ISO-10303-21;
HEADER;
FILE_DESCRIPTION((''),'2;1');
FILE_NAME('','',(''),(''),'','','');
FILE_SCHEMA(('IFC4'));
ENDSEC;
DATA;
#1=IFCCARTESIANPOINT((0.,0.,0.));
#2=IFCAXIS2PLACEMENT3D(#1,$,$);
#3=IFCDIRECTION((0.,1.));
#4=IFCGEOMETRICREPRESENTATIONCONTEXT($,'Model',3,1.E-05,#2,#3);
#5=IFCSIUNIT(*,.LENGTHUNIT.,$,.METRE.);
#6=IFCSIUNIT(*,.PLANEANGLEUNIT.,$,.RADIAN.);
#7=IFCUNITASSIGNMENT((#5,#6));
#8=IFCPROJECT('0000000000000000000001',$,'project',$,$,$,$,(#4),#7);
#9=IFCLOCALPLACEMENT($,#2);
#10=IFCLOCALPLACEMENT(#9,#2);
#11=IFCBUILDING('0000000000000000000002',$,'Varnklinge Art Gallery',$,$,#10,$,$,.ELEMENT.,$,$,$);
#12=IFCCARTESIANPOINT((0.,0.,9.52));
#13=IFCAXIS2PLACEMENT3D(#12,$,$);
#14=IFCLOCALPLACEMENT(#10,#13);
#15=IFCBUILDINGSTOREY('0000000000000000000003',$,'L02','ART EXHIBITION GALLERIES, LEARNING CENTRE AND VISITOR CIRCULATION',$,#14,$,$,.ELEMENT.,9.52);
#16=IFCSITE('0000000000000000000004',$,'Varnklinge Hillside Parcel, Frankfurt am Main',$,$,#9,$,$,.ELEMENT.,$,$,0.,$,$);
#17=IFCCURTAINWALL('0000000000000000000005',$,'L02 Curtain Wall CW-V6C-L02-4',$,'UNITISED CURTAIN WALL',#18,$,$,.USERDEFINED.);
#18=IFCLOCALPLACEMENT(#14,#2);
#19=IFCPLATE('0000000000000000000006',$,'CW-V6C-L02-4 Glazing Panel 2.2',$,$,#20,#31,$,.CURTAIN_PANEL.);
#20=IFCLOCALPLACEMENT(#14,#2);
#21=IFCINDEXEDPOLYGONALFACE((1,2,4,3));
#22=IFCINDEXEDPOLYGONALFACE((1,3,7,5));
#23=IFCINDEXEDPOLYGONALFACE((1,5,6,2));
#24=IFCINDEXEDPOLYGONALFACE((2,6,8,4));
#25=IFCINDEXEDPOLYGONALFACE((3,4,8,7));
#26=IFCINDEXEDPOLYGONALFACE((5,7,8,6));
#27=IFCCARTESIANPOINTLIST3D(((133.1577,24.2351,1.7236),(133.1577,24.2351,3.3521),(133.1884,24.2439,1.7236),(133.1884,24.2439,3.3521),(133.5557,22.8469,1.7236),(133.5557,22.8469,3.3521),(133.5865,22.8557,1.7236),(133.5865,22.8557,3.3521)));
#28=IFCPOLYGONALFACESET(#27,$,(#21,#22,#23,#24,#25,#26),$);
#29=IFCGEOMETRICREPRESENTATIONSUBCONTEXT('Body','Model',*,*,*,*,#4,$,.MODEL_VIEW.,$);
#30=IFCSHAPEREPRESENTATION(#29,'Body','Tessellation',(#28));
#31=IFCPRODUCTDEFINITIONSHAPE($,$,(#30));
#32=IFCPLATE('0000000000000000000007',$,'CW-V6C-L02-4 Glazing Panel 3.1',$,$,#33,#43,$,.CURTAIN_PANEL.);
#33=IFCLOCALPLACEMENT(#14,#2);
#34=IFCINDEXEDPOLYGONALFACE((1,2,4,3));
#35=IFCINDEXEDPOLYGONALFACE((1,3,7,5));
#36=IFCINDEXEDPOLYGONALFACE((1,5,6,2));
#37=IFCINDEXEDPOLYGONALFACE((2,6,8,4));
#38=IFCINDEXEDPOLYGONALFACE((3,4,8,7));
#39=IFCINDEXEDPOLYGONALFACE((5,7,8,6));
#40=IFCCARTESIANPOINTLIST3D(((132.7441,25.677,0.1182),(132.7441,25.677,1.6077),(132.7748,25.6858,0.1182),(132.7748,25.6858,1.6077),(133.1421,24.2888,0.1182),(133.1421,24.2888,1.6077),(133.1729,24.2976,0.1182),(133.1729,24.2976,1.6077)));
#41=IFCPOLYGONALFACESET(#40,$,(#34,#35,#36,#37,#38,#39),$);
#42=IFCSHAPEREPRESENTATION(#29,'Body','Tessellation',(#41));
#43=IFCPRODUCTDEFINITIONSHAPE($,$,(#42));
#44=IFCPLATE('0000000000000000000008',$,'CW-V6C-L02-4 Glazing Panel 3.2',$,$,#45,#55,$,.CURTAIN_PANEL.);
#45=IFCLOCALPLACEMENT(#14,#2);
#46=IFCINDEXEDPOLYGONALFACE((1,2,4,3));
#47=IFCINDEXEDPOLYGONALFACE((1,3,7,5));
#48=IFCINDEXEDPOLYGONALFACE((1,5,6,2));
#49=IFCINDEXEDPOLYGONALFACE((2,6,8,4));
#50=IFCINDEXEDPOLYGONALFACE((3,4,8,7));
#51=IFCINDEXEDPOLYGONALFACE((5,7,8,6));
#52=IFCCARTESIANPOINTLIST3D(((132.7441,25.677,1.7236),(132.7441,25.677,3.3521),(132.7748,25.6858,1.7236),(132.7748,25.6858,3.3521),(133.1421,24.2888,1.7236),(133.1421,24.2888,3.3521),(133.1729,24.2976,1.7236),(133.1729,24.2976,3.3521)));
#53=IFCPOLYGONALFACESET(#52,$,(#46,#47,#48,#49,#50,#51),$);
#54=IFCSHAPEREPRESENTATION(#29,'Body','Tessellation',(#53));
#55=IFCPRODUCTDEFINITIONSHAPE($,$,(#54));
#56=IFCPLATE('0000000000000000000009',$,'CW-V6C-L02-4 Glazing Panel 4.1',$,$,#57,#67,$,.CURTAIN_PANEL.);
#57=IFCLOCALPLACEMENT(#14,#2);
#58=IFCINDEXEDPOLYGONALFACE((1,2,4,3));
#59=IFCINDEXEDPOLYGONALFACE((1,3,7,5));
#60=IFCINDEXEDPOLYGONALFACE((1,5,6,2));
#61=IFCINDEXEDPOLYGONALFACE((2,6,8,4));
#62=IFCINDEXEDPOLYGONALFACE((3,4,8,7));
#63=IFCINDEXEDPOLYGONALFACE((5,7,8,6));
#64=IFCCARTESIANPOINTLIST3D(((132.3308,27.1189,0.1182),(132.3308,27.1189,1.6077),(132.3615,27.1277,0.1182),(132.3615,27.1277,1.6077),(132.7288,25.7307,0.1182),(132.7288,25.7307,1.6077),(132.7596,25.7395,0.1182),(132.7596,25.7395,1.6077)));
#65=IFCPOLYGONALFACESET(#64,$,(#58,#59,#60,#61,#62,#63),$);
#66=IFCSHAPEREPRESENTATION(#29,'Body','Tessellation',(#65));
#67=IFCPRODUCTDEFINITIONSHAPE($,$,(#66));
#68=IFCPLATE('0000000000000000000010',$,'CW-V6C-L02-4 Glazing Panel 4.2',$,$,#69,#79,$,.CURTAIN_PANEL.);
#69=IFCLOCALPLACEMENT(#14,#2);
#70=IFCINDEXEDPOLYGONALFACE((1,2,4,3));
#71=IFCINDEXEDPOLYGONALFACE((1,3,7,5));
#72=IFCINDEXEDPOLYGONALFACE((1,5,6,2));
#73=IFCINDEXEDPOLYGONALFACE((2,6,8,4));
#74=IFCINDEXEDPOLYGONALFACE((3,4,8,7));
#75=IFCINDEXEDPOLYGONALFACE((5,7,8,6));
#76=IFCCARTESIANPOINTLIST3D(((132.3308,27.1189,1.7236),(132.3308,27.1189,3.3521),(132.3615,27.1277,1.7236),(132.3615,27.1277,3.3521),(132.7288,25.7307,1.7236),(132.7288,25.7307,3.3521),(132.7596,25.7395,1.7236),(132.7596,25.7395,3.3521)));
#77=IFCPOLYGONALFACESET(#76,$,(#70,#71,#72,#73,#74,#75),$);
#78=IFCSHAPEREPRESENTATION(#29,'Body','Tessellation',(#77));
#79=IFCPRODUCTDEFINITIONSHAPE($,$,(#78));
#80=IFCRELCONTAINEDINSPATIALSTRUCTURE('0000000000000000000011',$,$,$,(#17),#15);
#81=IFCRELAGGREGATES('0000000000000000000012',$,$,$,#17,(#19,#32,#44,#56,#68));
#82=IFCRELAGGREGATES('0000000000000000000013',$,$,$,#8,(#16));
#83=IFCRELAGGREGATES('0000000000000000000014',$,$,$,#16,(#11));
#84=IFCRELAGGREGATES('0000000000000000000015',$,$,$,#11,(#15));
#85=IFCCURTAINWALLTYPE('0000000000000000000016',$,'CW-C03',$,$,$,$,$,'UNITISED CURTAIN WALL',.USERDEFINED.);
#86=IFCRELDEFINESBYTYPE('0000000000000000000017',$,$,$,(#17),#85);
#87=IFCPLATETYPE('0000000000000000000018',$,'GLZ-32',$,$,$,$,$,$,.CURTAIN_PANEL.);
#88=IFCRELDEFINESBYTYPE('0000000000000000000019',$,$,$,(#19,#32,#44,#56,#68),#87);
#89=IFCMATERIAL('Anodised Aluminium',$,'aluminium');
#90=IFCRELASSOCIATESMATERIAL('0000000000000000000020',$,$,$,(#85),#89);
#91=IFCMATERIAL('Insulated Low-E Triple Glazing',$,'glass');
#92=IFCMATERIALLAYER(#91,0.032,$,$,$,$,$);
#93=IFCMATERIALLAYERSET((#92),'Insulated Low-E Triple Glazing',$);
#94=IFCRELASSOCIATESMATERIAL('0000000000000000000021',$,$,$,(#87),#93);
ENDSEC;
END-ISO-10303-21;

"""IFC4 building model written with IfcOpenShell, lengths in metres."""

from ifc_helpers import new_model, si_unit, direction, frame, origin, origin_2d, place, context, subcontext, project, spatial, rectangle, extrude, material, layer, layer_set, type_object, element, aggregate, save


model = new_model("IFC4")

# Units and contexts
model_context = context("Model", 3, precision=1e-05, world=origin(), true_north=direction((0.0, 1.0)))
body_context = subcontext(model_context, "Body", "Model", "MODEL_VIEW")
ifc_project = project(units=[si_unit("LENGTHUNIT", "METRE"), si_unit("PLANEANGLEUNIT", "RADIAN")], contexts=[model_context])

# Site, building, storey
site_placement = place(None, origin())
site = spatial("IfcSite", under=ifc_project, at=site_placement, Name="Varnklinge Hillside Parcel, Frankfurt am Main", CompositionType="ELEMENT", RefElevation=0.0)
building_placement = place(site_placement, origin())
building = spatial("IfcBuilding", under=site, at=building_placement, Name="Varnklinge Art Gallery", CompositionType="ELEMENT")
storey_placement = place(building_placement, frame((0.0, 0.0, 9.52)))
storey = spatial("IfcBuildingStorey", under=building, at=storey_placement, Name="L02", Description="ART EXHIBITION GALLERIES, LEARNING CENTRE AND VISITOR CIRCULATION", CompositionType="ELEMENT", Elevation=9.52)

# Curtain wall
ifc_material_1 = material(Name="Anodised Aluminium", Category="aluminium")
curtain_wall_type = type_object("IfcCurtainWallType", Name="CW-C03", ElementType="UNITISED CURTAIN WALL", PredefinedType="USERDEFINED", material=ifc_material_1)
curtain_wall_1_placement = place(storey_placement, origin())
curtain_wall_1 = element("IfcCurtainWall", 1, at=curtain_wall_1_placement, inside=storey, type_object=curtain_wall_type, Name="L02 Curtain Wall CW-V6C-L02-4", ObjectType="UNITISED CURTAIN WALL", PredefinedType="USERDEFINED")

# Plates
ifc_material_2 = material(Name="Insulated Low-E Triple Glazing", Category="glass")
ifc_layer = layer(ifc_material_2, 0.032)
ifc_layer_set = layer_set([ifc_layer], Name="Insulated Low-E Triple Glazing")
plate_type = type_object("IfcPlateType", Name="GLZ-32", PredefinedType="CURTAIN_PANEL", material=ifc_layer_set)
plate_1_placement = place(storey_placement, frame((133.3721, 23.5454, 1.7236), z_axis=(0.0, 0.0, 1.0), x_axis=(-0.275637, 0.961262, 0.0)))
plate_1 = element("IfcPlate", 2, at=plate_1_placement, type_object=plate_type, Name="CW-V6C-L02-4 Glazing Panel 2.2", PredefinedType="CURTAIN_PANEL", context=body_context, shape_type="SweptSolid", body=[
    extrude(rectangle(XDim=1.4441, YDim=0.032, at=origin_2d()), origin(), (0.0, 0.0, 1.0), 1.6284),
])
plate_2_placement = place(storey_placement, frame((132.9585, 24.9873, 0.1182), z_axis=(0.0, 0.0, 1.0), x_axis=(-0.275637, 0.961262, 0.0)))
plate_2 = element("IfcPlate", 3, at=plate_2_placement, type_object=plate_type, Name="CW-V6C-L02-4 Glazing Panel 3.1", PredefinedType="CURTAIN_PANEL", context=body_context, shape_type="SweptSolid", body=[
    extrude(rectangle(XDim=1.4441, YDim=0.032, at=origin_2d()), origin(), (0.0, 0.0, 1.0), 1.4895),
])
plate_3_placement = place(storey_placement, frame((132.9585, 24.9873, 1.7236), z_axis=(0.0, 0.0, 1.0), x_axis=(-0.275637, 0.961262, 0.0)))
plate_3 = element("IfcPlate", 4, at=plate_3_placement, type_object=plate_type, Name="CW-V6C-L02-4 Glazing Panel 3.2", PredefinedType="CURTAIN_PANEL", context=body_context, shape_type="SweptSolid", body=[
    extrude(rectangle(XDim=1.4441, YDim=0.032, at=origin_2d()), origin(), (0.0, 0.0, 1.0), 1.6284),
])
plate_4_placement = place(storey_placement, frame((132.5452, 26.4292, 0.1182), z_axis=(0.0, 0.0, 1.0), x_axis=(-0.275637, 0.961262, 0.0)))
plate_4 = element("IfcPlate", 5, at=plate_4_placement, type_object=plate_type, Name="CW-V6C-L02-4 Glazing Panel 4.1", PredefinedType="CURTAIN_PANEL", context=body_context, shape_type="SweptSolid", body=[
    extrude(rectangle(XDim=1.4441, YDim=0.032, at=origin_2d()), origin(), (0.0, 0.0, 1.0), 1.4895),
])
plate_5_placement = place(storey_placement, frame((132.5452, 26.4292, 1.7236), z_axis=(0.0, 0.0, 1.0), x_axis=(-0.275637, 0.961262, 0.0)))
plate_5 = element("IfcPlate", 6, at=plate_5_placement, type_object=plate_type, Name="CW-V6C-L02-4 Glazing Panel 4.2", PredefinedType="CURTAIN_PANEL", context=body_context, shape_type="SweptSolid", body=[
    extrude(rectangle(XDim=1.4441, YDim=0.032, at=origin_2d()), origin(), (0.0, 0.0, 1.0), 1.6284),
])
aggregate(curtain_wall_1, [plate_1, plate_2, plate_3, plate_4, plate_5])

save(model, "model.ifc")
